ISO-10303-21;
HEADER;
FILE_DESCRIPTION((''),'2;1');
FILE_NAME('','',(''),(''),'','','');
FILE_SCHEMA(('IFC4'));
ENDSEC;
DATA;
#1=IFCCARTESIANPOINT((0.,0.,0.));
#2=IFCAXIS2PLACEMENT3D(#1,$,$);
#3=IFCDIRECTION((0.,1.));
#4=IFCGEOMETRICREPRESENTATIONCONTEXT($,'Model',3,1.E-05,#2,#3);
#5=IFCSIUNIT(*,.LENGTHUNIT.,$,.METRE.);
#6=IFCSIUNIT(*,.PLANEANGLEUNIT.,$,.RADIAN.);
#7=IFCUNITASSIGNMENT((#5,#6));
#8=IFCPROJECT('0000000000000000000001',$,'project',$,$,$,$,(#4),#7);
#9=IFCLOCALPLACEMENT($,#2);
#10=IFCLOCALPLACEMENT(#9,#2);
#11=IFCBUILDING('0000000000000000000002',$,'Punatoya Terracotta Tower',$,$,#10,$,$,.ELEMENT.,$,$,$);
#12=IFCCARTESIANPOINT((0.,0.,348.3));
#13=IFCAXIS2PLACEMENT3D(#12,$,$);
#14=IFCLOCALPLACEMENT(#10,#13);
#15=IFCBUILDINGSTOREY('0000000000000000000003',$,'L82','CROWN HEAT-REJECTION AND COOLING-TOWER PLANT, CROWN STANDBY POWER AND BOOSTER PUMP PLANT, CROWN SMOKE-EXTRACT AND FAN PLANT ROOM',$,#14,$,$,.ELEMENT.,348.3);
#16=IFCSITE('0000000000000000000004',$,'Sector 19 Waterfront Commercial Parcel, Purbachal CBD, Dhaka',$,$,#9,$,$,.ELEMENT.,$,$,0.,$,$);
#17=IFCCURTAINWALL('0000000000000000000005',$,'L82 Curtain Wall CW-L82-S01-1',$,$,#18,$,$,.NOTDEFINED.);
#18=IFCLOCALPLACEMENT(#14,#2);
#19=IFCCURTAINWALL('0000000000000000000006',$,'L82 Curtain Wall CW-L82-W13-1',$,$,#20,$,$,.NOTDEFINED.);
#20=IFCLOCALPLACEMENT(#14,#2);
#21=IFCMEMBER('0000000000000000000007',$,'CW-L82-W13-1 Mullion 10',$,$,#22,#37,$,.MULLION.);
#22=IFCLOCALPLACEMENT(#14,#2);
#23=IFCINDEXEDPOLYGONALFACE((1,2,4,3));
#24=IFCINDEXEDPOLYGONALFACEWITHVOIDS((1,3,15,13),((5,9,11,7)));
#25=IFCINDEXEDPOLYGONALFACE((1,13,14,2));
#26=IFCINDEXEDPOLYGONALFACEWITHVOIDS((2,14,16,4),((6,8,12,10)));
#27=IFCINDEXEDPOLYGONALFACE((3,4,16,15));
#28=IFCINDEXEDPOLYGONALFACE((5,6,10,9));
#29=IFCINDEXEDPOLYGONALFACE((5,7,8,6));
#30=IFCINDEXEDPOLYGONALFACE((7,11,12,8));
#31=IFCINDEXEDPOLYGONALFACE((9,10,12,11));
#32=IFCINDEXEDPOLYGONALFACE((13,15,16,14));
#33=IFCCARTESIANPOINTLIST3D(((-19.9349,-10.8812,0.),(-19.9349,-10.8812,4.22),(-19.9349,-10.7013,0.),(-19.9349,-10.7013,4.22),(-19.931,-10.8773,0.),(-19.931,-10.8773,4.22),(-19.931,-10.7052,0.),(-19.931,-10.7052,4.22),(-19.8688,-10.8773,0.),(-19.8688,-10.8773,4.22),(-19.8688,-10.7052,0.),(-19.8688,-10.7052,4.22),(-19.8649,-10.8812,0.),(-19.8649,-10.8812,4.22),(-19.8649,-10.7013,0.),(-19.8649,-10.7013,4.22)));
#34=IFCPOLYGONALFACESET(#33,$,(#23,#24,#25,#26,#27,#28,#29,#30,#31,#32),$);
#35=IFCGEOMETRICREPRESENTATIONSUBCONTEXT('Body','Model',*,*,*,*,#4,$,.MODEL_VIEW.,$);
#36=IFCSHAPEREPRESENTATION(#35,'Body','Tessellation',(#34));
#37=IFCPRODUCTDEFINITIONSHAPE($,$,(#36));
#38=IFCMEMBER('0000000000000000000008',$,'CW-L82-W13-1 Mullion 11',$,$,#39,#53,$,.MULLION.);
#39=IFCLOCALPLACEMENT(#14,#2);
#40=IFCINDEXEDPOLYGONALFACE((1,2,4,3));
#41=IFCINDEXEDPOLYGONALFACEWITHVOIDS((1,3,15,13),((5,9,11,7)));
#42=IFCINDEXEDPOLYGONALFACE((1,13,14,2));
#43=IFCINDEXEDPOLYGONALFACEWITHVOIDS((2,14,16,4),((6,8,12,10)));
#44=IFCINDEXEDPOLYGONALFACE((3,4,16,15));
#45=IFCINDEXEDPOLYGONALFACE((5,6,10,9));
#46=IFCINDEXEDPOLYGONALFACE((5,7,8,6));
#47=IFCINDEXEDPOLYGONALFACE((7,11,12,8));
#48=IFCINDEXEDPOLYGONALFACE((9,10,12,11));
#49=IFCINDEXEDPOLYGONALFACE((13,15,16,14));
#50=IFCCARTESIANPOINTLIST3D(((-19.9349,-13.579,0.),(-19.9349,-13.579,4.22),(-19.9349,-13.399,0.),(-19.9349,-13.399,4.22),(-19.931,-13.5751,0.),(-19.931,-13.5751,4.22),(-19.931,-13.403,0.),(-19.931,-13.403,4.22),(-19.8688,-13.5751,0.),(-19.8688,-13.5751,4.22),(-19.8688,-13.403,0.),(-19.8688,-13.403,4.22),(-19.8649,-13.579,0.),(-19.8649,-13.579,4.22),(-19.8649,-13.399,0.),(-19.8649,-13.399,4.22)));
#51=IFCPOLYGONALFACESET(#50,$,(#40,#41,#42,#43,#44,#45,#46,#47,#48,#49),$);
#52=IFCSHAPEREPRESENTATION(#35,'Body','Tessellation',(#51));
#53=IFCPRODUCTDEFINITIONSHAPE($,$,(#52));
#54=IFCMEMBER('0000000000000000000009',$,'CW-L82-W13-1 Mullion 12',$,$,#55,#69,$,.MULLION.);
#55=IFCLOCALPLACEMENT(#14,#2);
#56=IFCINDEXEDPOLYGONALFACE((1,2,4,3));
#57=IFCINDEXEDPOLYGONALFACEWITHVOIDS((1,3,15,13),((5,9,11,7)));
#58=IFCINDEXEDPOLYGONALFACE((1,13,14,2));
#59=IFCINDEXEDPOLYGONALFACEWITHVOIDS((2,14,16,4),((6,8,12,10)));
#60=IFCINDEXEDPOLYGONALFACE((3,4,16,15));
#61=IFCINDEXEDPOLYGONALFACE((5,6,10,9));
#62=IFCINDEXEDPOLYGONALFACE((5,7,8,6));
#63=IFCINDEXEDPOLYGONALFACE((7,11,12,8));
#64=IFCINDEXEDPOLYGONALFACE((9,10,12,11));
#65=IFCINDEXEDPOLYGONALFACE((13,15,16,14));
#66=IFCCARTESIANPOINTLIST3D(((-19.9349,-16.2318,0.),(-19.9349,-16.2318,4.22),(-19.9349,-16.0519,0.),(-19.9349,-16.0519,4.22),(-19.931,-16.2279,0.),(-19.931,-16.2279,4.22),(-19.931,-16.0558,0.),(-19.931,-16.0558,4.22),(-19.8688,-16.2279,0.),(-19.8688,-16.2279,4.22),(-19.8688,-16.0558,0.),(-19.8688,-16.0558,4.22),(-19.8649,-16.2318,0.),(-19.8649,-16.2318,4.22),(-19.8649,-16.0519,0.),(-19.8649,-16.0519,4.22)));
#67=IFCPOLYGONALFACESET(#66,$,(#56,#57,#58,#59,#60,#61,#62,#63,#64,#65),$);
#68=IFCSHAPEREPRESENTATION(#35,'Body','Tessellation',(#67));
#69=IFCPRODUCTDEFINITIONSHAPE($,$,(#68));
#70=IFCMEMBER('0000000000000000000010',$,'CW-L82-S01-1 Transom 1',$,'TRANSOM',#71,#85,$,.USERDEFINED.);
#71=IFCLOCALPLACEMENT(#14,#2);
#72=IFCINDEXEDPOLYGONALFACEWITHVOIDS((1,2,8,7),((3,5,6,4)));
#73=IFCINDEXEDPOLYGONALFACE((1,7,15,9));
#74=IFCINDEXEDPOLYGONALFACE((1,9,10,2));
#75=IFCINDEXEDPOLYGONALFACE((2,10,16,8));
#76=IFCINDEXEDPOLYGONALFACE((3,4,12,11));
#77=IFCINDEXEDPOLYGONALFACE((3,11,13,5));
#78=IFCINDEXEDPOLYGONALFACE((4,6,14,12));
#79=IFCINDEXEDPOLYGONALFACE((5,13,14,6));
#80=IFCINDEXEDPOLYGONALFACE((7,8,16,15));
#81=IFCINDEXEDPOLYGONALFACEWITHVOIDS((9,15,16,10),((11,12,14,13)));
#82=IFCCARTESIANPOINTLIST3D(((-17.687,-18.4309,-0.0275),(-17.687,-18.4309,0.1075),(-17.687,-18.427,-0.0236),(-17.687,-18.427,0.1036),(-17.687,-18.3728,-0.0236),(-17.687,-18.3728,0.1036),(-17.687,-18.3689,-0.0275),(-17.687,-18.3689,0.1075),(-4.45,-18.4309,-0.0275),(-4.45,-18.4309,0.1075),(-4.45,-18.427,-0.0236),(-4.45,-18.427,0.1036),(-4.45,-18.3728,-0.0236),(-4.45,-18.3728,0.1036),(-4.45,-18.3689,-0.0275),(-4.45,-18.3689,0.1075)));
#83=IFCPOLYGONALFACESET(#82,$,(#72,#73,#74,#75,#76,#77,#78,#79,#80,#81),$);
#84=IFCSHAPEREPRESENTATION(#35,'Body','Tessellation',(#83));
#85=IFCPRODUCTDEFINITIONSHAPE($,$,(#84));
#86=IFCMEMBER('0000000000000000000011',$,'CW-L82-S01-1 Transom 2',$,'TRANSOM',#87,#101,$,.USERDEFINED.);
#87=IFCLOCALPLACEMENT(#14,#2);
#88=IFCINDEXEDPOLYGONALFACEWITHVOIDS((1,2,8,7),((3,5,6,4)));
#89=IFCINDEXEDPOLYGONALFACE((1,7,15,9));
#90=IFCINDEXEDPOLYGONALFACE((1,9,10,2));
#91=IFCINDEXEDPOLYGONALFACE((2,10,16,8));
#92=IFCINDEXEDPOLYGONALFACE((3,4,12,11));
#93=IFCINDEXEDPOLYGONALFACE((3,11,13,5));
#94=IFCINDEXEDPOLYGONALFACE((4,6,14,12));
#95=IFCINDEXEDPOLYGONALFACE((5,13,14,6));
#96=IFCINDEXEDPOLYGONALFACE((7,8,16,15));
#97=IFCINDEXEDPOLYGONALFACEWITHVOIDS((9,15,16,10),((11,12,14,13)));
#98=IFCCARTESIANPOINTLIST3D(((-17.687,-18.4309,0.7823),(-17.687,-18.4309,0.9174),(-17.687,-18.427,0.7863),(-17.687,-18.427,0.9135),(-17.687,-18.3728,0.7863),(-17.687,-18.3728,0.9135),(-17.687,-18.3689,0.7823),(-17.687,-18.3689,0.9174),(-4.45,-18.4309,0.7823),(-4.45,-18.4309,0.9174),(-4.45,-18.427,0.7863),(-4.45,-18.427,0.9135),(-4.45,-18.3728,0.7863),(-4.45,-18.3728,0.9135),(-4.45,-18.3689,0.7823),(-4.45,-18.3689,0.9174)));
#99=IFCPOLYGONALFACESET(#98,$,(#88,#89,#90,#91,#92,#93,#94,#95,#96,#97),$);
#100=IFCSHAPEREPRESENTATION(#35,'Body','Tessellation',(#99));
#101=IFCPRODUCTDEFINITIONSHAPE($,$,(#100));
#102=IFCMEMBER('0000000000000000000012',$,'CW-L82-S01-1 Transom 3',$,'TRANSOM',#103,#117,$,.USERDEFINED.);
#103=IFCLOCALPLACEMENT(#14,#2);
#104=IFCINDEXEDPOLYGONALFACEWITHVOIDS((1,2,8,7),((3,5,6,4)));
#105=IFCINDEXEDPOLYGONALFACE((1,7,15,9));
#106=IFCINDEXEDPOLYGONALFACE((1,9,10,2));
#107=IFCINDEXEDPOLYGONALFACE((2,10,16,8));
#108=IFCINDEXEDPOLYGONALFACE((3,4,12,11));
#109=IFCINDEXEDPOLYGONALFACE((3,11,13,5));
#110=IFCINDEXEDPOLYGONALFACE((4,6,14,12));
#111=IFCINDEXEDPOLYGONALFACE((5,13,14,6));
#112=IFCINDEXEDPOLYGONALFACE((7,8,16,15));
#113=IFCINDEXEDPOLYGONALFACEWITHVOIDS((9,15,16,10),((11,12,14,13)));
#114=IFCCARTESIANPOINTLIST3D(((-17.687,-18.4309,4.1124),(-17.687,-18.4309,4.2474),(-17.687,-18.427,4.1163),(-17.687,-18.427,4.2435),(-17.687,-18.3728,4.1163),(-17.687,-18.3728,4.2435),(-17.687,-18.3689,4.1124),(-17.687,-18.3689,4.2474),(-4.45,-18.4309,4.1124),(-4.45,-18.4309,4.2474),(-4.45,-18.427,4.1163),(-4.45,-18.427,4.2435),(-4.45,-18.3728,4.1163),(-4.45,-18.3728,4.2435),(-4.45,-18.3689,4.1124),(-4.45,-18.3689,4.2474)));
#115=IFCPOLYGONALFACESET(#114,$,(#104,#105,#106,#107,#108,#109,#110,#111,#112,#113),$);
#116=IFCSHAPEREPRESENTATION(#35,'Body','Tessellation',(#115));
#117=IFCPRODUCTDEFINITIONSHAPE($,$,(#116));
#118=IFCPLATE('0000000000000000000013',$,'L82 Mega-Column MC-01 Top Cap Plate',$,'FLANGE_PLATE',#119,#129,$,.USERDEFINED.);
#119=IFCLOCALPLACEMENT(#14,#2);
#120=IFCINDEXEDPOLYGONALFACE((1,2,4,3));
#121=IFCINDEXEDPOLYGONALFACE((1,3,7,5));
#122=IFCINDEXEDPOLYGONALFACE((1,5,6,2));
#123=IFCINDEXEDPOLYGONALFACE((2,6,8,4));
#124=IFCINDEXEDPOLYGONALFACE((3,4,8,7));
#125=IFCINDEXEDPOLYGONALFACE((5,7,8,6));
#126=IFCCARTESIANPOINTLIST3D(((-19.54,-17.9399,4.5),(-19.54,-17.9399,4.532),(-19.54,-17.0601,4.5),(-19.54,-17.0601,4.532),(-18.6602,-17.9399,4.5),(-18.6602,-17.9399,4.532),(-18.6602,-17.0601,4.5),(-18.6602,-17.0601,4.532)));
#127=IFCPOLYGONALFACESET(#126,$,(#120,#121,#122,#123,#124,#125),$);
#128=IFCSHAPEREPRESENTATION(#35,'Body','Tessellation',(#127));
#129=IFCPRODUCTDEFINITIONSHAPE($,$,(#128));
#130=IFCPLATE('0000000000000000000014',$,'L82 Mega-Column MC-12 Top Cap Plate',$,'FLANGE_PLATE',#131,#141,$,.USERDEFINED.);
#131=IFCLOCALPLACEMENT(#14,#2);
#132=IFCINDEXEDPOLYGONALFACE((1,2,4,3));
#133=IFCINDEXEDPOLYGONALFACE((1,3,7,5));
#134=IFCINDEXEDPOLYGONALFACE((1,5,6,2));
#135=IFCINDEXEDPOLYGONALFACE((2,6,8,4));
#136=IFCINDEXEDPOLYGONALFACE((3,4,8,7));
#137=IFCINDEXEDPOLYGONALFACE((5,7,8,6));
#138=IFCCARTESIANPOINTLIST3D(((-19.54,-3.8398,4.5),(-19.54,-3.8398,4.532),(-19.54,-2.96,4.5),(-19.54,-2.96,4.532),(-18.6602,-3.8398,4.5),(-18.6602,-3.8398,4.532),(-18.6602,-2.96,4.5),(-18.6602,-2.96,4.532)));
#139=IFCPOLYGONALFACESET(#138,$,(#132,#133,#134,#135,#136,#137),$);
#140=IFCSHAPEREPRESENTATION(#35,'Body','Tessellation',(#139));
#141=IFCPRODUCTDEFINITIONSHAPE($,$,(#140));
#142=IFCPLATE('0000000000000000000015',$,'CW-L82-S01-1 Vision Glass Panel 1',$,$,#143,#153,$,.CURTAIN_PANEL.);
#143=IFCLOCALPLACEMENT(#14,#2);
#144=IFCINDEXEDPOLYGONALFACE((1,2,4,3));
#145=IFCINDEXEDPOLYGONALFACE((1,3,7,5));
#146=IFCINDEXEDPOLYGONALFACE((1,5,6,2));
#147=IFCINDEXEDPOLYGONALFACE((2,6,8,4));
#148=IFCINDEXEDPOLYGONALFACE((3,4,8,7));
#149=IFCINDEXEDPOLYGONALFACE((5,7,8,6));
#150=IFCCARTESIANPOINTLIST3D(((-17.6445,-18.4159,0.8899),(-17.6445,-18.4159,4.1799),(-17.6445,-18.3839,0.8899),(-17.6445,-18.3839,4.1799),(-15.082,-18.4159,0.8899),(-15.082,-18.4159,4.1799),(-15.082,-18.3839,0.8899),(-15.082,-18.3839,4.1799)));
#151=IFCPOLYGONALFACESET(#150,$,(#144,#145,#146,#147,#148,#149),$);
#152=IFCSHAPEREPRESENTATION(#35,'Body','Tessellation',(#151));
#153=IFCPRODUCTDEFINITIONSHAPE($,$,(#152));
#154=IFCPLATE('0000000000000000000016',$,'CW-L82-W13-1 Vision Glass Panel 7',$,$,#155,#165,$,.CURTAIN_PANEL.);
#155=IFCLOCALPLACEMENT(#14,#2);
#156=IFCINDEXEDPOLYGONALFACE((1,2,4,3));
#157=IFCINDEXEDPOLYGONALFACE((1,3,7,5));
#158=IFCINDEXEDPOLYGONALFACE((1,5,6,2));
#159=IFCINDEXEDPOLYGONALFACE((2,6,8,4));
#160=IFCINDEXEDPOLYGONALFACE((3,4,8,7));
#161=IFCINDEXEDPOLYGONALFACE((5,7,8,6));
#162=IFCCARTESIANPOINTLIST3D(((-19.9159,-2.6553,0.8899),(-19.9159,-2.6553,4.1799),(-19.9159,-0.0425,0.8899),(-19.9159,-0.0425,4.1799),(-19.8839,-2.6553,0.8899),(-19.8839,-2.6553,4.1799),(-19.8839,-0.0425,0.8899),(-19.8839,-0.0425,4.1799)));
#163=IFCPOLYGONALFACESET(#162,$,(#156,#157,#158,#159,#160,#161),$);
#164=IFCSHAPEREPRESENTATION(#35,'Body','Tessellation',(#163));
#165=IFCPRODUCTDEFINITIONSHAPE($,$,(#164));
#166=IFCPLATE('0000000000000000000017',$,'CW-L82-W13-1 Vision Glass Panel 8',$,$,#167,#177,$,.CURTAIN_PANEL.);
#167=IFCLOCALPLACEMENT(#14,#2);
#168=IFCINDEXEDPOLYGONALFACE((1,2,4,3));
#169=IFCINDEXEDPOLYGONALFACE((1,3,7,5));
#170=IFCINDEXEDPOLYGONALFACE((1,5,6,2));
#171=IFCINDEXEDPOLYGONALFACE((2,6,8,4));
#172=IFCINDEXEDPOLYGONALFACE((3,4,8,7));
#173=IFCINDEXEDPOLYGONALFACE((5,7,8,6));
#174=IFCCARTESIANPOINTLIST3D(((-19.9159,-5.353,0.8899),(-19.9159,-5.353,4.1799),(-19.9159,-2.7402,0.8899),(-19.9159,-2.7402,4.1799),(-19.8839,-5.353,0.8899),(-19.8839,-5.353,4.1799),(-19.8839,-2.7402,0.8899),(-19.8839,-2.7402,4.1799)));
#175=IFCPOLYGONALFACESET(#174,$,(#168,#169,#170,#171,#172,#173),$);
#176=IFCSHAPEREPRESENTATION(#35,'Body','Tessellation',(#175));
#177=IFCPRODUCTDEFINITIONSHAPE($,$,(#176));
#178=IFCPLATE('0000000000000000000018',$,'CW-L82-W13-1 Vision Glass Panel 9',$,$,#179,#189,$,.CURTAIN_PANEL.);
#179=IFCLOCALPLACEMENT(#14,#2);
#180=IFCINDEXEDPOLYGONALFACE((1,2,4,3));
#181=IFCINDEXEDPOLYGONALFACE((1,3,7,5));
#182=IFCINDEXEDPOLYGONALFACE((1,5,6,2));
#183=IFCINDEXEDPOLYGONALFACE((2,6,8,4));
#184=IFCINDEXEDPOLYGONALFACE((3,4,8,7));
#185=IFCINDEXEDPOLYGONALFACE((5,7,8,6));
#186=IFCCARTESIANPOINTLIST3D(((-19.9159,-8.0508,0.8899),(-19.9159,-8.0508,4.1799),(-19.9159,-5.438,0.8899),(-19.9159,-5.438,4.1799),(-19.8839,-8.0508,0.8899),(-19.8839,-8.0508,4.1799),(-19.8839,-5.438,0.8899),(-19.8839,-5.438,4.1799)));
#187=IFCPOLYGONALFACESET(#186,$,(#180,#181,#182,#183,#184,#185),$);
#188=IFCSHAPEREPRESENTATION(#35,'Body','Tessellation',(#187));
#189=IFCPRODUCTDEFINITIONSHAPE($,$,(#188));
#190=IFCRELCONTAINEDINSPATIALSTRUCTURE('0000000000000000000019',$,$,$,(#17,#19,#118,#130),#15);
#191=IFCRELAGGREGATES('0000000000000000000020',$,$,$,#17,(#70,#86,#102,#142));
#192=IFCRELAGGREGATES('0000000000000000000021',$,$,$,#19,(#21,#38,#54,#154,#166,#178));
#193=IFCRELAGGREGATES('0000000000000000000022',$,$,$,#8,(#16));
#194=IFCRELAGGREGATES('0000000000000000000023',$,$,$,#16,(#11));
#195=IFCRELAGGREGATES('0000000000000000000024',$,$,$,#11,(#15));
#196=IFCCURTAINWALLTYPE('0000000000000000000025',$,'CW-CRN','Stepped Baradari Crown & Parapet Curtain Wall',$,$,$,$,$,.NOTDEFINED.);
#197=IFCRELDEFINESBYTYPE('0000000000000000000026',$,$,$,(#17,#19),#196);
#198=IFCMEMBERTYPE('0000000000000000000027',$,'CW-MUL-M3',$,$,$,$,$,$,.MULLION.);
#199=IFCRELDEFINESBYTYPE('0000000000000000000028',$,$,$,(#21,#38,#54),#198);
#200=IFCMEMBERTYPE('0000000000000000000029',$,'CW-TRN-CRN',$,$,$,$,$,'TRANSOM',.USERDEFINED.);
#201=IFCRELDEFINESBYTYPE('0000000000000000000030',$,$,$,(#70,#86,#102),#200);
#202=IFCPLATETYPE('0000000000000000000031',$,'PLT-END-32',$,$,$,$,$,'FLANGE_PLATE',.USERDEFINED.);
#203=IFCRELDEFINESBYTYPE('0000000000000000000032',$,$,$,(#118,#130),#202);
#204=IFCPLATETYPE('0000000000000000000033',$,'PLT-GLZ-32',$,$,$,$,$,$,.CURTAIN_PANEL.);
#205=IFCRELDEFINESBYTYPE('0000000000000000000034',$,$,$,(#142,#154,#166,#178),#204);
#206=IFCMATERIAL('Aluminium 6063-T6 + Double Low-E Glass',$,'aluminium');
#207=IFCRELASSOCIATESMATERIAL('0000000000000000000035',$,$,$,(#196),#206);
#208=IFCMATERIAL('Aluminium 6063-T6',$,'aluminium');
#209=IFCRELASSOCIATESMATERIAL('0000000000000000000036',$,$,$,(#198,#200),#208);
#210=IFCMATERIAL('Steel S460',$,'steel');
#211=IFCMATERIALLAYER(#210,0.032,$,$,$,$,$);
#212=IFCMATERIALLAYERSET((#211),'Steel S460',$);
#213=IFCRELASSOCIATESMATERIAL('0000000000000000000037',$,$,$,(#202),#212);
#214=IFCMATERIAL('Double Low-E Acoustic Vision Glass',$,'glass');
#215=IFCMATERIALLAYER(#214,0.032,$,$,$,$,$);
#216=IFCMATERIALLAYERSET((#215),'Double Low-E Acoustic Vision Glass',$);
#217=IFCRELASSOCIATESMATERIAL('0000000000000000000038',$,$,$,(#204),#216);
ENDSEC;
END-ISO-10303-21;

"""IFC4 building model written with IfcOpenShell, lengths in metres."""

from ifc_helpers import new_model, si_unit, direction, frame, origin, origin_2d, place, context, subcontext, project, spatial, rectangle, hollow_rectangle, extrude, material, layer, layer_set, material_profile, profile_set, type_object, element, aggregate, save


model = new_model("IFC4")

# Units and contexts
model_context = context("Model", 3, precision=1e-05, world=origin(), true_north=direction((0.0, 1.0)))
body_context = subcontext(model_context, "Body", "Model", "MODEL_VIEW")
ifc_project = project(units=[si_unit("LENGTHUNIT", "METRE"), si_unit("PLANEANGLEUNIT", "RADIAN")], contexts=[model_context])

# Site, building, storey
site_placement = place(None, origin())
site = spatial("IfcSite", under=ifc_project, at=site_placement, Name="Sector 19 Waterfront Commercial Parcel, Purbachal CBD, Dhaka", CompositionType="ELEMENT", RefElevation=0.0)
building_placement = place(site_placement, origin())
building = spatial("IfcBuilding", under=site, at=building_placement, Name="Punatoya Terracotta Tower", CompositionType="ELEMENT")
storey_placement = place(building_placement, frame((0.0, 0.0, 348.3)))
storey = spatial("IfcBuildingStorey", under=building, at=storey_placement, Name="L82", Description="CROWN HEAT-REJECTION AND COOLING-TOWER PLANT, CROWN STANDBY POWER AND BOOSTER PUMP PLANT, CROWN SMOKE-EXTRACT AND FAN PLANT ROOM", CompositionType="ELEMENT", Elevation=348.3)

# Shared definitions
ifc_material_1 = material(Name="Steel S460", Category="steel")

# Curtain walls, members
ifc_material_2 = material(Name="Aluminium 6063-T6 + Double Low-E Glass", Category="aluminium")
curtain_wall_type = type_object("IfcCurtainWallType", Name="CW-CRN", Description="Stepped Baradari Crown & Parapet Curtain Wall", PredefinedType="NOTDEFINED", material=ifc_material_2)
curtain_wall_1_placement = place(storey_placement, origin())
curtain_wall_1 = element("IfcCurtainWall", 1, at=curtain_wall_1_placement, inside=storey, type_object=curtain_wall_type, Name="L82 Curtain Wall CW-L82-S01-1", PredefinedType="NOTDEFINED")
ifc_material_3 = material(Name="Aluminium 6063-T6", Category="aluminium")
ifc_material_profile_1 = material_profile(ifc_material_3, hollow_rectangle(XDim=0.0701, YDim=0.1799, WallThickness=0.0039, at=origin_2d()))
ifc_profile_set_1 = profile_set([ifc_material_profile_1], Name="Aluminium 6063-T6")
member_type_1 = type_object("IfcMemberType", Name="CW-MUL-M3", PredefinedType="MULLION", material=ifc_profile_set_1)
curtain_wall_2_placement = place(storey_placement, origin())
curtain_wall_2 = element("IfcCurtainWall", 2, at=curtain_wall_2_placement, inside=storey, type_object=curtain_wall_type, Name="L82 Curtain Wall CW-L82-W13-1", PredefinedType="NOTDEFINED")
member_1_placement = place(storey_placement, frame((-19.8999, -10.7913, 0.0), z_axis=(0.0, 0.0, 1.0), x_axis=(1.0, 0.0, 0.0)))
member_1 = element("IfcMember", 3, at=member_1_placement, type_object=member_type_1, Name="CW-L82-W13-1 Mullion 10", PredefinedType="MULLION", context=body_context, shape_type="SweptSolid", body=[
    extrude(hollow_rectangle(XDim=0.0701, YDim=0.1799, WallThickness=0.0039, at=origin_2d()), origin(), (0.0, 0.0, 1.0), 4.22),
])
member_2_placement = place(storey_placement, frame((-19.8999, -13.489, 0.0), z_axis=(0.0, 0.0, 1.0), x_axis=(1.0, 0.0, 0.0)))
member_2 = element("IfcMember", 4, at=member_2_placement, type_object=member_type_1, Name="CW-L82-W13-1 Mullion 11", PredefinedType="MULLION", context=body_context, shape_type="SweptSolid", body=[
    extrude(hollow_rectangle(XDim=0.0701, YDim=0.1799, WallThickness=0.0039, at=origin_2d()), origin(), (0.0, 0.0, 1.0), 4.22),
])
member_3_placement = place(storey_placement, frame((-19.8999, -16.1418, 0.0), z_axis=(0.0, 0.0, 1.0), x_axis=(1.0, 0.0, 0.0)))
member_3 = element("IfcMember", 5, at=member_3_placement, type_object=member_type_1, Name="CW-L82-W13-1 Mullion 12", PredefinedType="MULLION", context=body_context, shape_type="SweptSolid", body=[
    extrude(hollow_rectangle(XDim=0.0701, YDim=0.1799, WallThickness=0.0039, at=origin_2d()), origin(), (0.0, 0.0, 1.0), 4.22),
])

# Members
ifc_material_profile_2 = material_profile(ifc_material_3, hollow_rectangle(XDim=0.062, YDim=0.135, WallThickness=0.0039, at=origin_2d()))
ifc_profile_set_2 = profile_set([ifc_material_profile_2], Name="Aluminium 6063-T6")
member_type_2 = type_object("IfcMemberType", Name="CW-TRN-CRN", ElementType="TRANSOM", PredefinedType="USERDEFINED", material=ifc_profile_set_2)
member_4_placement = place(storey_placement, frame((-17.687, -18.3999, 0.04), z_axis=(1.0, 0.0, 0.0), x_axis=(0.0, 1.0, 0.0)))
member_4 = element("IfcMember", 6, at=member_4_placement, type_object=member_type_2, Name="CW-L82-S01-1 Transom 1", ObjectType="TRANSOM", PredefinedType="USERDEFINED", context=body_context, shape_type="SweptSolid", body=[
    extrude(hollow_rectangle(XDim=0.062, YDim=0.135, WallThickness=0.0039, at=origin_2d()), origin(), (0.0, 0.0, 1.0), 13.2371),
])
member_5_placement = place(storey_placement, frame((-17.687, -18.3999, 0.8499), z_axis=(1.0, 0.0, 0.0), x_axis=(0.0, 1.0, 0.0)))
member_5 = element("IfcMember", 7, at=member_5_placement, type_object=member_type_2, Name="CW-L82-S01-1 Transom 2", ObjectType="TRANSOM", PredefinedType="USERDEFINED", context=body_context, shape_type="SweptSolid", body=[
    extrude(hollow_rectangle(XDim=0.062, YDim=0.135, WallThickness=0.0039, at=origin_2d()), origin(), (0.0, 0.0, 1.0), 13.2371),
])
member_6_placement = place(storey_placement, frame((-17.687, -18.3999, 4.1799), z_axis=(1.0, 0.0, 0.0), x_axis=(0.0, 1.0, 0.0)))
member_6 = element("IfcMember", 8, at=member_6_placement, type_object=member_type_2, Name="CW-L82-S01-1 Transom 3", ObjectType="TRANSOM", PredefinedType="USERDEFINED", context=body_context, shape_type="SweptSolid", body=[
    extrude(hollow_rectangle(XDim=0.062, YDim=0.135, WallThickness=0.0039, at=origin_2d()), origin(), (0.0, 0.0, 1.0), 13.2371),
])

# Plates
ifc_layer_1 = layer(ifc_material_1, 0.032)
ifc_layer_set_1 = layer_set([ifc_layer_1], Name="Steel S460")
plate_type_1 = type_object("IfcPlateType", Name="PLT-END-32", ElementType="FLANGE_PLATE", PredefinedType="USERDEFINED", material=ifc_layer_set_1)
for number, where, z_axis, x_axis, name in (
    (9, (-19.1001, -17.5, 4.5), (0.0, 0.0, 1.0), (1.0, 0.0, 0.0), "L82 Mega-Column MC-01 Top Cap Plate"),
    (10, (-19.1001, -3.3999, 4.5), (0.0, 0.0, 1.0), (1.0, 0.0, 0.0), "L82 Mega-Column MC-12 Top Cap Plate"),
):
    element("IfcPlate", number, at=place(storey_placement, frame(where, z_axis=z_axis, x_axis=x_axis)), inside=storey, type_object=plate_type_1, Name=name, ObjectType="FLANGE_PLATE", PredefinedType="USERDEFINED", context=body_context, shape_type="SweptSolid", body=[
        extrude(rectangle(XDim=0.8799, YDim=0.8799, at=origin_2d()), origin(), (0.0, 0.0, 1.0), 0.032),
    ])

# Plates
ifc_material_4 = material(Name="Double Low-E Acoustic Vision Glass", Category="glass")
ifc_layer_2 = layer(ifc_material_4, 0.032)
ifc_layer_set_2 = layer_set([ifc_layer_2], Name="Double Low-E Acoustic Vision Glass")
plate_type_2 = type_object("IfcPlateType", Name="PLT-GLZ-32", PredefinedType="CURTAIN_PANEL", material=ifc_layer_set_2)
plate_1_placement = place(storey_placement, frame((-16.3633, -18.3999, 0.8899), z_axis=(0.0, 0.0, 1.0), x_axis=(1.0, 0.0, 0.0)))
plate_1 = element("IfcPlate", 11, at=plate_1_placement, type_object=plate_type_2, Name="CW-L82-S01-1 Vision Glass Panel 1", PredefinedType="CURTAIN_PANEL", context=body_context, shape_type="SweptSolid", body=[
    extrude(rectangle(XDim=2.5625, YDim=0.032, at=origin_2d()), origin(), (0.0, 0.0, 1.0), 3.29),
])
plate_2_placement = place(storey_placement, frame((-19.8999, -1.3489, 0.8899), z_axis=(0.0, 0.0, 1.0), x_axis=(0.0, -1.0, 0.0)))
plate_2 = element("IfcPlate", 12, at=plate_2_placement, type_object=plate_type_2, Name="CW-L82-W13-1 Vision Glass Panel 7", PredefinedType="CURTAIN_PANEL", context=body_context, shape_type="SweptSolid", body=[
    extrude(rectangle(XDim=2.6128, YDim=0.032, at=origin_2d()), origin(), (0.0, 0.0, 1.0), 3.29),
])
plate_3_placement = place(storey_placement, frame((-19.8999, -4.0466, 0.8899), z_axis=(0.0, 0.0, 1.0), x_axis=(0.0, -1.0, 0.0)))
plate_3 = element("IfcPlate", 13, at=plate_3_placement, type_object=plate_type_2, Name="CW-L82-W13-1 Vision Glass Panel 8", PredefinedType="CURTAIN_PANEL", context=body_context, shape_type="SweptSolid", body=[
    extrude(rectangle(XDim=2.6128, YDim=0.032, at=origin_2d()), origin(), (0.0, 0.0, 1.0), 3.29),
])
plate_4_placement = place(storey_placement, frame((-19.8999, -6.7444, 0.8899), z_axis=(0.0, 0.0, 1.0), x_axis=(0.0, -1.0, 0.0)))
plate_4 = element("IfcPlate", 14, at=plate_4_placement, type_object=plate_type_2, Name="CW-L82-W13-1 Vision Glass Panel 9", PredefinedType="CURTAIN_PANEL", context=body_context, shape_type="SweptSolid", body=[
    extrude(rectangle(XDim=2.6128, YDim=0.032, at=origin_2d()), origin(), (0.0, 0.0, 1.0), 3.29),
])
aggregate(curtain_wall_1, [member_4, member_5, member_6, plate_1])
aggregate(curtain_wall_2, [member_1, member_2, member_3, plate_2, plate_3, plate_4])

save(model, "model.ifc")
